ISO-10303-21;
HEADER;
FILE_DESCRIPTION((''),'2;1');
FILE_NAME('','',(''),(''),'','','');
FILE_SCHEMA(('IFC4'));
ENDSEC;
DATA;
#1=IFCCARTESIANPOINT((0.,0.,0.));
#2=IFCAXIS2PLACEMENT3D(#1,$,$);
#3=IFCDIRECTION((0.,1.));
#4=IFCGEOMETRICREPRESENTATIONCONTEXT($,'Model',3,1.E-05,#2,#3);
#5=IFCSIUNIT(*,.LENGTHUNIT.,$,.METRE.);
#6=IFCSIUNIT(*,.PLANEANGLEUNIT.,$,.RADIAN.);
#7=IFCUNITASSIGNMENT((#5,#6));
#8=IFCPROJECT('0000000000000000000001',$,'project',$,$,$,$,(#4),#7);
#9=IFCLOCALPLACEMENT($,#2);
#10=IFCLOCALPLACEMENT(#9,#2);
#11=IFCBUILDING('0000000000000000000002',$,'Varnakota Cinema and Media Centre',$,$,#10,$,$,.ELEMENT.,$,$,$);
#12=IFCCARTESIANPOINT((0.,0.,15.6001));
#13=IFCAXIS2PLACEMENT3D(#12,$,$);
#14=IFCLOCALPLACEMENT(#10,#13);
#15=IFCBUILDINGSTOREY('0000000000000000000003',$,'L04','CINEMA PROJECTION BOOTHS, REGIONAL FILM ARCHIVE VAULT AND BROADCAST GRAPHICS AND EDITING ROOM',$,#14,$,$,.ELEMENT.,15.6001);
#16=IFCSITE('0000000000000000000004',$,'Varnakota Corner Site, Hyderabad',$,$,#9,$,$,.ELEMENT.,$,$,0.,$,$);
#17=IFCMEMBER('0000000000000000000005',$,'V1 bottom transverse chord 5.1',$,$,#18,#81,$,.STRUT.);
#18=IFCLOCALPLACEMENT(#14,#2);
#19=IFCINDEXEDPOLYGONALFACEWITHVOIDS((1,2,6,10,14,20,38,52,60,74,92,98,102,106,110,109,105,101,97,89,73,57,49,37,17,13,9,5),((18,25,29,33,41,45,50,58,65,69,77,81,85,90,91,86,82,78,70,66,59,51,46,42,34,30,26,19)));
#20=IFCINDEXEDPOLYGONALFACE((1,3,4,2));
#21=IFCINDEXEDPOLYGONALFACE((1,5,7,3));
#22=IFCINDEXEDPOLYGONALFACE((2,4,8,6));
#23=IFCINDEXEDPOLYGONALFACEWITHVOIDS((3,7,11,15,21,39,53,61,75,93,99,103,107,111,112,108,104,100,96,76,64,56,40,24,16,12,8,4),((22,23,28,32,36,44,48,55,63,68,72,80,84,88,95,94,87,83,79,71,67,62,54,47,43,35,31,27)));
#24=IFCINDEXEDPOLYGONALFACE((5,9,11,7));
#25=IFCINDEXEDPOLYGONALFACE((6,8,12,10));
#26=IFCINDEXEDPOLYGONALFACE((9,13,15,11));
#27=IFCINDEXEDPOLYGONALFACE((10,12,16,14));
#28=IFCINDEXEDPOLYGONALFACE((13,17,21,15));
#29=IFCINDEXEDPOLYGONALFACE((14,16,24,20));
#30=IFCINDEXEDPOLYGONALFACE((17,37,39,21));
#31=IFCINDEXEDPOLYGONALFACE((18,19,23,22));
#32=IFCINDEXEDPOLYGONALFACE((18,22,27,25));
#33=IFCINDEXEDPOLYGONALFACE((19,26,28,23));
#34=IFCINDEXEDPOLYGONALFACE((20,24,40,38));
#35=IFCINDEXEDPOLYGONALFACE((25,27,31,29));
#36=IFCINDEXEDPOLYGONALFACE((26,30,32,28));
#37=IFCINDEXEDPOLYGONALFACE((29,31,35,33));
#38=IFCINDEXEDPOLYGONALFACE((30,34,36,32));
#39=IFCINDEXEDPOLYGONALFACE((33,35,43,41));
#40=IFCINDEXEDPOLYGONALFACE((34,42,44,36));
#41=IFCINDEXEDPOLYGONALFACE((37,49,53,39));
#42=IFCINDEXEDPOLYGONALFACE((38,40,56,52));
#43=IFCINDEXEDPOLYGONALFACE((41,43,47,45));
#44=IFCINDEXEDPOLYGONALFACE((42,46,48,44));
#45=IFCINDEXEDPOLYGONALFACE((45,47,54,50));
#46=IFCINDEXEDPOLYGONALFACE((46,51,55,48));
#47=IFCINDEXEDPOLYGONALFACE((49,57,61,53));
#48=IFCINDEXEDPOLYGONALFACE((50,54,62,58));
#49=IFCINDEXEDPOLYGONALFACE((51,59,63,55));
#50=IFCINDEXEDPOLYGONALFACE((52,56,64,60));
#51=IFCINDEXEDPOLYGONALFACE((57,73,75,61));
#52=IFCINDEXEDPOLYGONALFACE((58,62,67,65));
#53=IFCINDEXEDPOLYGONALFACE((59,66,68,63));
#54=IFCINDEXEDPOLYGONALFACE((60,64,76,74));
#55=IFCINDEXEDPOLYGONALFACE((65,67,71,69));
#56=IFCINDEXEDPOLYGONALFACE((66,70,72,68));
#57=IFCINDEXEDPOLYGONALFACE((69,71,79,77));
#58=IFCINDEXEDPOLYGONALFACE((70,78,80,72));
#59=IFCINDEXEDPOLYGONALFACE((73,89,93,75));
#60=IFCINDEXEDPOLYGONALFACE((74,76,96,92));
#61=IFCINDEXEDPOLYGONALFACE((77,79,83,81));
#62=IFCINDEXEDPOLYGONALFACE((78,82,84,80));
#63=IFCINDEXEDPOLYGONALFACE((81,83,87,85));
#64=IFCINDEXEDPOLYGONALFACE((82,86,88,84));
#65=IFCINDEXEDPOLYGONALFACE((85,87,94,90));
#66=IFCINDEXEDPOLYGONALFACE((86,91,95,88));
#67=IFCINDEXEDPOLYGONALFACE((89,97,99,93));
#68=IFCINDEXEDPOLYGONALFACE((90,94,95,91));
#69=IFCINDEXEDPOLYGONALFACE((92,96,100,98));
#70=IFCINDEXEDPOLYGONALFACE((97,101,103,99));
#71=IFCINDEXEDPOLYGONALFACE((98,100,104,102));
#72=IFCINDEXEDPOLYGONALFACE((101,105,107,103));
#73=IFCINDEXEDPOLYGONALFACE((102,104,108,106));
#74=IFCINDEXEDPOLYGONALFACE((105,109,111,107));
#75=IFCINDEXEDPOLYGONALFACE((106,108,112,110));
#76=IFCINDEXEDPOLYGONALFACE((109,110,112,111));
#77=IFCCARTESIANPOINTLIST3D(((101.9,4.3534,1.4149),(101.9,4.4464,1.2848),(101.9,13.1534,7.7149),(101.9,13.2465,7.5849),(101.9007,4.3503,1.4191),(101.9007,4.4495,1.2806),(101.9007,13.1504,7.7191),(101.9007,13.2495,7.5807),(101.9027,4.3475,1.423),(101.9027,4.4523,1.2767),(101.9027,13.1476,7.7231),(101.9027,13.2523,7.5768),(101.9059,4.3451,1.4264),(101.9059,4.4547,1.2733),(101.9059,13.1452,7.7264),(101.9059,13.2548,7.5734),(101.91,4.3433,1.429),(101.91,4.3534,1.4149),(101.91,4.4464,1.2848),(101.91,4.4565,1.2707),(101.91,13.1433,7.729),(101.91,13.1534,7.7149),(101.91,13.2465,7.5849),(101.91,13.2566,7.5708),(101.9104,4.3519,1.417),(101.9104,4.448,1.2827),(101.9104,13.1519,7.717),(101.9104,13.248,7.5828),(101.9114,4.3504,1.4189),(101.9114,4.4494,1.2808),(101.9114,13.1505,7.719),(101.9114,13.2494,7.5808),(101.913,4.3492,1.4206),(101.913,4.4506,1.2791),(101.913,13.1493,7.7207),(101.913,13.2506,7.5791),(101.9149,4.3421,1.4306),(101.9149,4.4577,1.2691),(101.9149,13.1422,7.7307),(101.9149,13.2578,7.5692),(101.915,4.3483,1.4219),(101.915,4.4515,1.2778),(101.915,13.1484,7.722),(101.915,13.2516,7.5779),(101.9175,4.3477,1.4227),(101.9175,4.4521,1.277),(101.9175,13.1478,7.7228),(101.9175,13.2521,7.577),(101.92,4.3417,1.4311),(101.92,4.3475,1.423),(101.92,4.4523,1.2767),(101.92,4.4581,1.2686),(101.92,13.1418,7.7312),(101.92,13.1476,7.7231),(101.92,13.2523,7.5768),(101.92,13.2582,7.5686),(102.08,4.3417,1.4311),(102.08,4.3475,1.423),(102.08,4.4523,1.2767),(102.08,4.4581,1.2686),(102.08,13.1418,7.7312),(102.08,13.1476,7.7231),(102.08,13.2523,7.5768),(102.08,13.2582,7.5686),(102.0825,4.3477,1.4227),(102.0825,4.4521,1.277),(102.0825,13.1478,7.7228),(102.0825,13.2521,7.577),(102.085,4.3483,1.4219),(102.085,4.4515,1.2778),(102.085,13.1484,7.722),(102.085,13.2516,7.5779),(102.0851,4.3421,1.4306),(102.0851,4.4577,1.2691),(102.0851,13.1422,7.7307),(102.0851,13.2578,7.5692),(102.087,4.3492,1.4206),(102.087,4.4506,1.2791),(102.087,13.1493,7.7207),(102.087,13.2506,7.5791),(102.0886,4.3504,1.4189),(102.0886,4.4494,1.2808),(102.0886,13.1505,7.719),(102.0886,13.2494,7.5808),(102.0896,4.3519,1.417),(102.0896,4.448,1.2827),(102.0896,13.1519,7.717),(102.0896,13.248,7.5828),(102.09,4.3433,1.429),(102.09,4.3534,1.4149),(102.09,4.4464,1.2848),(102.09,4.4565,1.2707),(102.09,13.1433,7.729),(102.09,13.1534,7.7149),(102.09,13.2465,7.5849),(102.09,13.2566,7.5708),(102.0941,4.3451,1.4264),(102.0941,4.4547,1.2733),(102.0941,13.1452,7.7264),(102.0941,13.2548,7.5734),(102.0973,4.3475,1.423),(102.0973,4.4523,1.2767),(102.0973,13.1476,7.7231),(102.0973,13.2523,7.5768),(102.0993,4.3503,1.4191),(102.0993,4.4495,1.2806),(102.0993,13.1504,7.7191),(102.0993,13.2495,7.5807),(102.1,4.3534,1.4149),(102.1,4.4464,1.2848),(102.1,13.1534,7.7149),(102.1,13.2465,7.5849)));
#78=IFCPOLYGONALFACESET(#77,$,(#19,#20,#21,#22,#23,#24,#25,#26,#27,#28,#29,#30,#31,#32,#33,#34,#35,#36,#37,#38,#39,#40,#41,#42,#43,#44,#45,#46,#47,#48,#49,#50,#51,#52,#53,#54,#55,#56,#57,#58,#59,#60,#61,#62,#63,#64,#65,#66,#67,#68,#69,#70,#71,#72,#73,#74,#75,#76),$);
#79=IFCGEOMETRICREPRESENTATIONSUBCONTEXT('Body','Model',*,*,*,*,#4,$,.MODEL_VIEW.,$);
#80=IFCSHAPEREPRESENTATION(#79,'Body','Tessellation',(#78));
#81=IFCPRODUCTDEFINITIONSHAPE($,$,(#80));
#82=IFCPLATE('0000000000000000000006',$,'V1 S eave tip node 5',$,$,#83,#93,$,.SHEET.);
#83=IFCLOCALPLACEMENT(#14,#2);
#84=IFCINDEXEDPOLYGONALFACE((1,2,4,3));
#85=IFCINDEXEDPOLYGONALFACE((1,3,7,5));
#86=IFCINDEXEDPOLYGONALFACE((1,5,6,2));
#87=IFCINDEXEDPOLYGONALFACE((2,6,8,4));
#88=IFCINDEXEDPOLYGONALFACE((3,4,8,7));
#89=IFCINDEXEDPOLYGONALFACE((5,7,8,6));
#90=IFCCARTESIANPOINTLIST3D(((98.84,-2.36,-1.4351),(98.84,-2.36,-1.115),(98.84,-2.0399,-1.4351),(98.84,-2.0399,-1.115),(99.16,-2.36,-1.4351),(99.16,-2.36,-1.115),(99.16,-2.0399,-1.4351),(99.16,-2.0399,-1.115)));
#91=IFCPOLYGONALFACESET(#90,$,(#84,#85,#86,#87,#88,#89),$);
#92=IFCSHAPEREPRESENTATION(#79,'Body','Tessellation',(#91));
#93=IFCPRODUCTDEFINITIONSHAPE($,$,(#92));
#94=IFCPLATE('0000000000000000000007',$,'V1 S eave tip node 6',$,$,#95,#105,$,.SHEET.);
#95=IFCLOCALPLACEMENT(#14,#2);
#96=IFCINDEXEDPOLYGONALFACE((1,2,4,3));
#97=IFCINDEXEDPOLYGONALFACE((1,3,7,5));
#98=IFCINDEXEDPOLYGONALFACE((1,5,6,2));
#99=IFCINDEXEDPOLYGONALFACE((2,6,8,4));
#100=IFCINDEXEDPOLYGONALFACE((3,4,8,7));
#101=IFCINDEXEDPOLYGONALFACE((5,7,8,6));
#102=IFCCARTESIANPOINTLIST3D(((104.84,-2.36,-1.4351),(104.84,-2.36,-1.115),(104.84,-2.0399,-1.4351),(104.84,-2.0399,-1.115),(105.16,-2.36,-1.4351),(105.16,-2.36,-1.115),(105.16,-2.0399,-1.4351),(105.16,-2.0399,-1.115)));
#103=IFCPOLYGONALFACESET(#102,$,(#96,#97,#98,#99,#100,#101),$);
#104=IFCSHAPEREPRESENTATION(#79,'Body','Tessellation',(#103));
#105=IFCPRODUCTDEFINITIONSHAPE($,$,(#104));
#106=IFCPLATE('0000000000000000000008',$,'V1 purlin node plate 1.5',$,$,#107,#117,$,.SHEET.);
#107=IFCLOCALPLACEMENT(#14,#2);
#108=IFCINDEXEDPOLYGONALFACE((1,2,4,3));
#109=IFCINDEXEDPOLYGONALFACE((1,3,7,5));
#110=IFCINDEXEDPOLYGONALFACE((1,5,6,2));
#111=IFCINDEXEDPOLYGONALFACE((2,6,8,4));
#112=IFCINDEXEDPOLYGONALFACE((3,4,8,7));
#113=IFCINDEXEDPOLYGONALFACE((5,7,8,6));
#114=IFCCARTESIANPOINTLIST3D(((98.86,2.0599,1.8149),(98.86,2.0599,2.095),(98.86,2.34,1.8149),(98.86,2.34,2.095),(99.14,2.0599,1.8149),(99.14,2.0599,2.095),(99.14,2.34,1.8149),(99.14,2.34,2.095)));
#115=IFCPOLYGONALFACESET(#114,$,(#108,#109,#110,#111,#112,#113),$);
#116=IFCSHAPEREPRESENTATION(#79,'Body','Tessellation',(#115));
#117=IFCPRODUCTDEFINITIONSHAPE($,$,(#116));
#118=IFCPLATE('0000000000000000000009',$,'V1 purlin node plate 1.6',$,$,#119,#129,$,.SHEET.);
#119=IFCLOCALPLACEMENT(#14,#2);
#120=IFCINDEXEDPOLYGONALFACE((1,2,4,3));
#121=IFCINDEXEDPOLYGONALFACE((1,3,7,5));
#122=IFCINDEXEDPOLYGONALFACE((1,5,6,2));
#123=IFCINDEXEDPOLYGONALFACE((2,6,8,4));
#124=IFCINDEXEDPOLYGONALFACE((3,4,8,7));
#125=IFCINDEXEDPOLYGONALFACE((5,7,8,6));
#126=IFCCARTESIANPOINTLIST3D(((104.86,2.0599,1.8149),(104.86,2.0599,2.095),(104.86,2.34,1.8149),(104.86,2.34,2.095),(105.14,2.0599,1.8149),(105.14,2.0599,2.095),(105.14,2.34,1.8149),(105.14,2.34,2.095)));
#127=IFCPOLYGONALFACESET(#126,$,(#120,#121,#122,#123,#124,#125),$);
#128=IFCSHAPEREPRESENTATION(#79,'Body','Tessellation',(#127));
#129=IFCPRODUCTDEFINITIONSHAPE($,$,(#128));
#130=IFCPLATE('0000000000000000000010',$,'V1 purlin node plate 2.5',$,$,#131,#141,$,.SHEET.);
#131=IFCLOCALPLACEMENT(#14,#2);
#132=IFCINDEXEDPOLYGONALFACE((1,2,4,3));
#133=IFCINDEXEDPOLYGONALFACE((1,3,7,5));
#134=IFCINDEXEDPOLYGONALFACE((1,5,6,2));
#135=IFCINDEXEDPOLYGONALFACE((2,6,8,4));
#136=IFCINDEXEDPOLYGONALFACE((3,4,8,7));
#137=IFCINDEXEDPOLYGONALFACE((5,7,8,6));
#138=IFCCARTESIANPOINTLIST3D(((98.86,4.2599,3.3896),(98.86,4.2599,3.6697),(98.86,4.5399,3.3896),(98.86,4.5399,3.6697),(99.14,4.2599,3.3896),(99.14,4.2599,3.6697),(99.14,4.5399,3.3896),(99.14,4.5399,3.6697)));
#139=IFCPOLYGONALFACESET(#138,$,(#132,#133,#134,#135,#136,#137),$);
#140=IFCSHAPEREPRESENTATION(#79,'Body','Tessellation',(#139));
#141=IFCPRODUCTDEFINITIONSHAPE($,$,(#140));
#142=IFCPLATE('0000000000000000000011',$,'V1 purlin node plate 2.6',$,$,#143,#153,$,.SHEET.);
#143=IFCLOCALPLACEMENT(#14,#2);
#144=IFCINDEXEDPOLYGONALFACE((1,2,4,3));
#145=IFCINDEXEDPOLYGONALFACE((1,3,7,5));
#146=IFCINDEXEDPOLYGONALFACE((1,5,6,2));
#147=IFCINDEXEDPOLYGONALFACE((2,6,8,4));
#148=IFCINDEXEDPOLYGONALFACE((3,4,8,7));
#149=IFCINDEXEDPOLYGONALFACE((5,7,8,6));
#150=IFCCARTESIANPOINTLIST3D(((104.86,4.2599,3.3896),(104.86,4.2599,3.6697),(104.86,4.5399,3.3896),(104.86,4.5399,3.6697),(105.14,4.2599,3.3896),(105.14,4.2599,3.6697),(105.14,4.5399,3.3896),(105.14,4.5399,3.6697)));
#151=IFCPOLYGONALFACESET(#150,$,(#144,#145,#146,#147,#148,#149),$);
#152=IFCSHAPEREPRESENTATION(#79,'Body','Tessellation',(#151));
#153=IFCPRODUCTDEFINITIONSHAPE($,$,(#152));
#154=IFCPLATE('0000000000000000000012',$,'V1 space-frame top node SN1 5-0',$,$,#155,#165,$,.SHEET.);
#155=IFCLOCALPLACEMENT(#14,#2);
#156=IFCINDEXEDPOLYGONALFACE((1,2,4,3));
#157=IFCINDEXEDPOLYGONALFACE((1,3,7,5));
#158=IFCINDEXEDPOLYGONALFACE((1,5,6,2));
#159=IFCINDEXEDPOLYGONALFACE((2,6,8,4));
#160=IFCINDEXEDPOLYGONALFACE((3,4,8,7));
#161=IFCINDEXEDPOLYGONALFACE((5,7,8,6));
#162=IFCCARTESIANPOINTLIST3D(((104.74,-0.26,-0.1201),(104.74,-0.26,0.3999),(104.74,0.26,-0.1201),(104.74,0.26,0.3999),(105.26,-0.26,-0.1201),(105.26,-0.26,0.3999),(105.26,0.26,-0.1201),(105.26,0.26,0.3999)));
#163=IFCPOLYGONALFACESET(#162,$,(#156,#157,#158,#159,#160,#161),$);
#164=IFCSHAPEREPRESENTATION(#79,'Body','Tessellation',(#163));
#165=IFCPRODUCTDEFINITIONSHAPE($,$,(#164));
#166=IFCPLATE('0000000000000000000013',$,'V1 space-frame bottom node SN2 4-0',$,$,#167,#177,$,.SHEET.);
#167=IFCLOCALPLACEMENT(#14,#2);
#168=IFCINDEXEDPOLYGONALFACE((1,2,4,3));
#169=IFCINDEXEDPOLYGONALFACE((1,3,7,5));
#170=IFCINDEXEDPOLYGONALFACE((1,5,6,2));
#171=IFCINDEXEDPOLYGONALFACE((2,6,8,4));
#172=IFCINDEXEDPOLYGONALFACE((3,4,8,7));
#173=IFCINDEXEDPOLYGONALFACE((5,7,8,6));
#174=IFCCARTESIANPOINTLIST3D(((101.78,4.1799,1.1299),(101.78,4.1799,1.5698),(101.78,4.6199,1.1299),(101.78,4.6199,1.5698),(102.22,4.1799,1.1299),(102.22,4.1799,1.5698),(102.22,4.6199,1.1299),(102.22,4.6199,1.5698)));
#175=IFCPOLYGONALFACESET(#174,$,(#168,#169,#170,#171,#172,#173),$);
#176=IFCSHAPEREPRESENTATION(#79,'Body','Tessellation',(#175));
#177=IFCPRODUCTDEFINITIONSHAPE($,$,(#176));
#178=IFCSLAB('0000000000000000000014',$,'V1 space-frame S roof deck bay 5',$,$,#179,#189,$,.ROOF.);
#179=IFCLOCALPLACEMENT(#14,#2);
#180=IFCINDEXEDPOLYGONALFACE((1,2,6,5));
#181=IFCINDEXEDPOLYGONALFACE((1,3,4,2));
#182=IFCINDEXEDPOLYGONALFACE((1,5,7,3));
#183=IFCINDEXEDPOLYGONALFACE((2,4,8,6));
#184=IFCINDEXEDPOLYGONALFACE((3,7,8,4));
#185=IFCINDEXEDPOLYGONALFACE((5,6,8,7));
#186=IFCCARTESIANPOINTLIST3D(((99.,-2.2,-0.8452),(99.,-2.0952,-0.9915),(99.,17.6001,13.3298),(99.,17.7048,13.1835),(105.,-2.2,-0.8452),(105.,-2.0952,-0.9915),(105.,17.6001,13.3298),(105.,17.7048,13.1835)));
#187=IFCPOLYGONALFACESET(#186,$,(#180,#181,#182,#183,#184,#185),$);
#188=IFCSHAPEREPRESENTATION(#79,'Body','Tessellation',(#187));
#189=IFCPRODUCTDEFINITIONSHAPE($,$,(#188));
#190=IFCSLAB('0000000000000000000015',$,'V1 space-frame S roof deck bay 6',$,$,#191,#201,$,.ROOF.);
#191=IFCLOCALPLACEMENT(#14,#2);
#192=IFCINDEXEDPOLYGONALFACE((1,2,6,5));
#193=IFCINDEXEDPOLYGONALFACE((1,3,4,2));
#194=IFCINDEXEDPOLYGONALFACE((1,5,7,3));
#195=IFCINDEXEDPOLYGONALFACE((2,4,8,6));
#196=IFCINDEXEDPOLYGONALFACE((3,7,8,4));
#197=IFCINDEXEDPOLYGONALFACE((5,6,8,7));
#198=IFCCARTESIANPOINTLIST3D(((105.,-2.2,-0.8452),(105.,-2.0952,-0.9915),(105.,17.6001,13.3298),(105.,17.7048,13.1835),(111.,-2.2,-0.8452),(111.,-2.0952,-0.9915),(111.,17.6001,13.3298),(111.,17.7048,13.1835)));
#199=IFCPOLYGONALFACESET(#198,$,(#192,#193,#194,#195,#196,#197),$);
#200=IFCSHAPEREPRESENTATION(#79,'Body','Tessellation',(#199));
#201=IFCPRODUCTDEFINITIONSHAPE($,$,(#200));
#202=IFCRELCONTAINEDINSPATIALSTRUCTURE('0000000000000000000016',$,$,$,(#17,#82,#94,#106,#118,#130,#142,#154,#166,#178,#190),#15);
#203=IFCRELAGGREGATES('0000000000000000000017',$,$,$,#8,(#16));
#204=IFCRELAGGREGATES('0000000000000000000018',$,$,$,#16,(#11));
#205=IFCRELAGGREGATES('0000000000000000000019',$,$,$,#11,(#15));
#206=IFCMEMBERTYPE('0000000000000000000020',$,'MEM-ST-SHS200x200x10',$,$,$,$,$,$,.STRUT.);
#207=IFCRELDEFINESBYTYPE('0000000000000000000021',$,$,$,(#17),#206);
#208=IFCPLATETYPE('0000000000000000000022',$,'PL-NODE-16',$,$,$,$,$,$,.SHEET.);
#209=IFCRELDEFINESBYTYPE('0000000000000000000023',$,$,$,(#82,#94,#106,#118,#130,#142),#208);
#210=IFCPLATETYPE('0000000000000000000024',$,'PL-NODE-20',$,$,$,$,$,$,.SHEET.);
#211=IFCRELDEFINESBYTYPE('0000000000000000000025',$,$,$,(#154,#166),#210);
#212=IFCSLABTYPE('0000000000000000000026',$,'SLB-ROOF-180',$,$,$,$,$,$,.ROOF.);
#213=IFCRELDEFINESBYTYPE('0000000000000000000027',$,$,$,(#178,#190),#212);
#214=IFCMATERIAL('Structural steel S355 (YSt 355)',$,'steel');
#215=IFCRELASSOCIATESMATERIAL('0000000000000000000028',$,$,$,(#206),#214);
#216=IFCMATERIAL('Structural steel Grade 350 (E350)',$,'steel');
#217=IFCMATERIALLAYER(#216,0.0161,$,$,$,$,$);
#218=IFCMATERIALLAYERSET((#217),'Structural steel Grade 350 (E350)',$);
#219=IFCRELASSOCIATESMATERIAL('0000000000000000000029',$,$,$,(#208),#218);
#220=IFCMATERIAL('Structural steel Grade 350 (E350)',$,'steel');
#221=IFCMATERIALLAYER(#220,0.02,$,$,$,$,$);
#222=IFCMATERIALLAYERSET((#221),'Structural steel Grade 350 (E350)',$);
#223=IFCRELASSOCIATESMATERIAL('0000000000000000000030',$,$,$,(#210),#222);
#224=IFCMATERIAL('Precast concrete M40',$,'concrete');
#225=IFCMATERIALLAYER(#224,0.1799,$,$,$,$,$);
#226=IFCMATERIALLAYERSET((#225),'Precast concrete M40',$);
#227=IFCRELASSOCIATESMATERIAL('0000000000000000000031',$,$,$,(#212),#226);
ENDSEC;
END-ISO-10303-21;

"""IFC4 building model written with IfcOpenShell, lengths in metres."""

from ifc_helpers import new_model, si_unit, direction, frame, origin, origin_2d, place, context, subcontext, project, spatial, polyline, rectangle, hollow_rectangle, outline, extrude, material, layer, layer_set, material_profile, profile_set, type_object, element, save


model = new_model("IFC4")

# Units and contexts
model_context = context("Model", 3, precision=1e-05, world=origin(), true_north=direction((0.0, 1.0)))
body_context = subcontext(model_context, "Body", "Model", "MODEL_VIEW")
ifc_project = project(units=[si_unit("LENGTHUNIT", "METRE"), si_unit("PLANEANGLEUNIT", "RADIAN")], contexts=[model_context])

# Site, building, storey
site_placement = place(None, origin())
site = spatial("IfcSite", under=ifc_project, at=site_placement, Name="Varnakota Corner Site, Hyderabad", CompositionType="ELEMENT", RefElevation=0.0)
building_placement = place(site_placement, origin())
building = spatial("IfcBuilding", under=site, at=building_placement, Name="Varnakota Cinema and Media Centre", CompositionType="ELEMENT")
storey_placement = place(building_placement, frame((0.0, 0.0, 15.6001)))
storey = spatial("IfcBuildingStorey", under=building, at=storey_placement, Name="L04", Description="CINEMA PROJECTION BOOTHS, REGIONAL FILM ARCHIVE VAULT AND BROADCAST GRAPHICS AND EDITING ROOM", CompositionType="ELEMENT", Elevation=15.6001)

# Member
ifc_material_1 = material(Name="Structural steel S355 (YSt 355)", Category="steel")
ifc_material_profile_1 = material_profile(ifc_material_1, hollow_rectangle(XDim=0.2, YDim=0.2, WallThickness=0.01, InnerFilletRadius=0.01, OuterFilletRadius=0.02, at=origin_2d()), Name="SHS 200x200x10")
ifc_profile_set_1 = profile_set([ifc_material_profile_1], Name="Structural steel S355 (YSt 355)")
member_type_1 = type_object("IfcMemberType", Name="MEM-ST-SHS200x200x10", PredefinedType="STRUT", material=ifc_profile_set_1)
member_1_placement = place(storey_placement, frame((102.0, 4.3999, 1.3499), z_axis=(0.0, 0.813108, 0.582113), x_axis=(-1.0, 0.0, 0.0)))
element("IfcMember", 1, at=member_1_placement, inside=storey, type_object=member_type_1, Name="V1 bottom transverse chord 5.1", PredefinedType="STRUT", context=body_context, shape_type="SweptSolid", body=[
    extrude(hollow_rectangle(XDim=0.2, YDim=0.2, WallThickness=0.01, InnerFilletRadius=0.01, OuterFilletRadius=0.02, at=origin_2d()), origin(), (0.0, 0.0, 1.0), 10.8228),
])

# Plates
ifc_material_2 = material(Name="Structural steel Grade 350 (E350)", Category="steel")
ifc_layer_1 = layer(ifc_material_2, 0.0161)
ifc_layer_set_1 = layer_set([ifc_layer_1], Name="Structural steel Grade 350 (E350)")
plate_type_1 = type_object("IfcPlateType", Name="PL-NODE-16", PredefinedType="SHEET", material=ifc_layer_set_1)
for number, where, z_axis, x_axis, name in (
    (2, (99.0, -2.2, -1.4351), (0.0, 0.0, 1.0), (1.0, 0.0, 0.0), "V1 S eave tip node 5"),
    (3, (105.0, -2.2, -1.4351), (0.0, 0.0, 1.0), (1.0, 0.0, 0.0), "V1 S eave tip node 6"),
):
    element("IfcPlate", number, at=place(storey_placement, frame(where, z_axis=z_axis, x_axis=x_axis)), inside=storey, type_object=plate_type_1, Name=name, PredefinedType="SHEET", context=body_context, shape_type="SweptSolid", body=[
        extrude(rectangle(XDim=0.3201, YDim=0.3201, at=origin_2d()), origin(), (0.0, 0.0, 1.0), 0.3201),
    ])
for number, where, z_axis, x_axis, name in (
    (4, (99.0, 2.2, 1.8149), (0.0, 0.0, 1.0), (1.0, 0.0, 0.0), "V1 purlin node plate 1.5"),
    (5, (105.0, 2.2, 1.8149), (0.0, 0.0, 1.0), (1.0, 0.0, 0.0), "V1 purlin node plate 1.6"),
    (6, (99.0, 4.3999, 3.3896), (0.0, 0.0, 1.0), (1.0, 0.0, 0.0), "V1 purlin node plate 2.5"),
    (7, (105.0, 4.3999, 3.3896), (0.0, 0.0, 1.0), (1.0, 0.0, 0.0), "V1 purlin node plate 2.6"),
):
    element("IfcPlate", number, at=place(storey_placement, frame(where, z_axis=z_axis, x_axis=x_axis)), inside=storey, type_object=plate_type_1, Name=name, PredefinedType="SHEET", context=body_context, shape_type="SweptSolid", body=[
        extrude(rectangle(XDim=0.28, YDim=0.28, at=origin_2d()), origin(), (0.0, 0.0, 1.0), 0.28),
    ])
ifc_material_3 = material(Name="Structural steel Grade 350 (E350)", Category="steel")
ifc_layer_2 = layer(ifc_material_3, 0.02)
ifc_layer_set_2 = layer_set([ifc_layer_2], Name="Structural steel Grade 350 (E350)")
plate_type_2 = type_object("IfcPlateType", Name="PL-NODE-20", PredefinedType="SHEET", material=ifc_layer_set_2)
plate_1_placement = place(storey_placement, frame((105.0, 0.0, -0.1201), z_axis=(0.0, 0.0, 1.0), x_axis=(1.0, 0.0, 0.0)))
element("IfcPlate", 8, at=plate_1_placement, inside=storey, type_object=plate_type_2, Name="V1 space-frame top node SN1 5-0", PredefinedType="SHEET", context=body_context, shape_type="SweptSolid", body=[
    extrude(rectangle(XDim=0.52, YDim=0.52, at=origin_2d()), origin(), (0.0, 0.0, 1.0), 0.52),
])
plate_2_placement = place(storey_placement, frame((102.0, 4.3999, 1.1299), z_axis=(0.0, 0.0, 1.0), x_axis=(1.0, 0.0, 0.0)))
element("IfcPlate", 9, at=plate_2_placement, inside=storey, type_object=plate_type_2, Name="V1 space-frame bottom node SN2 4-0", PredefinedType="SHEET", context=body_context, shape_type="SweptSolid", body=[
    extrude(rectangle(XDim=0.4399, YDim=0.4399, at=origin_2d()), origin(), (0.0, 0.0, 1.0), 0.4399),
])

# Slabs
ifc_material_4 = material(Name="Precast concrete M40", Category="concrete")
ifc_layer_3 = layer(ifc_material_4, 0.1799)
ifc_layer_set_3 = layer_set([ifc_layer_3], Name="Precast concrete M40")
slab_type = type_object("IfcSlabType", Name="SLB-ROOF-180", PredefinedType="ROOF", material=ifc_layer_set_3)
for number, where, z_axis, x_axis, name in (
    (10, (99.0, -2.2, -0.8452), (0.0, -0.582112, 0.813108), (1.0, 0.0, 0.0), "V1 space-frame S roof deck bay 5"),
    (11, (105.0, -2.2, -0.8452), (0.0, -0.582112, 0.813108), (1.0, 0.0, 0.0), "V1 space-frame S roof deck bay 6"),
):
    element("IfcSlab", number, at=place(storey_placement, frame(where, z_axis=z_axis, x_axis=x_axis)), inside=storey, type_object=slab_type, Name=name, PredefinedType="ROOF", context=body_context, shape_type="SweptSolid", body=[
        extrude(outline(polyline([(0.0, 0.0), (6.0, 0.0), (6.0, 24.3511), (0.0, 24.3511), (0.0, 0.0)])), origin(), (0.0, 0.0, -1.0), 0.1799),
    ])

save(model, "model.ifc")
